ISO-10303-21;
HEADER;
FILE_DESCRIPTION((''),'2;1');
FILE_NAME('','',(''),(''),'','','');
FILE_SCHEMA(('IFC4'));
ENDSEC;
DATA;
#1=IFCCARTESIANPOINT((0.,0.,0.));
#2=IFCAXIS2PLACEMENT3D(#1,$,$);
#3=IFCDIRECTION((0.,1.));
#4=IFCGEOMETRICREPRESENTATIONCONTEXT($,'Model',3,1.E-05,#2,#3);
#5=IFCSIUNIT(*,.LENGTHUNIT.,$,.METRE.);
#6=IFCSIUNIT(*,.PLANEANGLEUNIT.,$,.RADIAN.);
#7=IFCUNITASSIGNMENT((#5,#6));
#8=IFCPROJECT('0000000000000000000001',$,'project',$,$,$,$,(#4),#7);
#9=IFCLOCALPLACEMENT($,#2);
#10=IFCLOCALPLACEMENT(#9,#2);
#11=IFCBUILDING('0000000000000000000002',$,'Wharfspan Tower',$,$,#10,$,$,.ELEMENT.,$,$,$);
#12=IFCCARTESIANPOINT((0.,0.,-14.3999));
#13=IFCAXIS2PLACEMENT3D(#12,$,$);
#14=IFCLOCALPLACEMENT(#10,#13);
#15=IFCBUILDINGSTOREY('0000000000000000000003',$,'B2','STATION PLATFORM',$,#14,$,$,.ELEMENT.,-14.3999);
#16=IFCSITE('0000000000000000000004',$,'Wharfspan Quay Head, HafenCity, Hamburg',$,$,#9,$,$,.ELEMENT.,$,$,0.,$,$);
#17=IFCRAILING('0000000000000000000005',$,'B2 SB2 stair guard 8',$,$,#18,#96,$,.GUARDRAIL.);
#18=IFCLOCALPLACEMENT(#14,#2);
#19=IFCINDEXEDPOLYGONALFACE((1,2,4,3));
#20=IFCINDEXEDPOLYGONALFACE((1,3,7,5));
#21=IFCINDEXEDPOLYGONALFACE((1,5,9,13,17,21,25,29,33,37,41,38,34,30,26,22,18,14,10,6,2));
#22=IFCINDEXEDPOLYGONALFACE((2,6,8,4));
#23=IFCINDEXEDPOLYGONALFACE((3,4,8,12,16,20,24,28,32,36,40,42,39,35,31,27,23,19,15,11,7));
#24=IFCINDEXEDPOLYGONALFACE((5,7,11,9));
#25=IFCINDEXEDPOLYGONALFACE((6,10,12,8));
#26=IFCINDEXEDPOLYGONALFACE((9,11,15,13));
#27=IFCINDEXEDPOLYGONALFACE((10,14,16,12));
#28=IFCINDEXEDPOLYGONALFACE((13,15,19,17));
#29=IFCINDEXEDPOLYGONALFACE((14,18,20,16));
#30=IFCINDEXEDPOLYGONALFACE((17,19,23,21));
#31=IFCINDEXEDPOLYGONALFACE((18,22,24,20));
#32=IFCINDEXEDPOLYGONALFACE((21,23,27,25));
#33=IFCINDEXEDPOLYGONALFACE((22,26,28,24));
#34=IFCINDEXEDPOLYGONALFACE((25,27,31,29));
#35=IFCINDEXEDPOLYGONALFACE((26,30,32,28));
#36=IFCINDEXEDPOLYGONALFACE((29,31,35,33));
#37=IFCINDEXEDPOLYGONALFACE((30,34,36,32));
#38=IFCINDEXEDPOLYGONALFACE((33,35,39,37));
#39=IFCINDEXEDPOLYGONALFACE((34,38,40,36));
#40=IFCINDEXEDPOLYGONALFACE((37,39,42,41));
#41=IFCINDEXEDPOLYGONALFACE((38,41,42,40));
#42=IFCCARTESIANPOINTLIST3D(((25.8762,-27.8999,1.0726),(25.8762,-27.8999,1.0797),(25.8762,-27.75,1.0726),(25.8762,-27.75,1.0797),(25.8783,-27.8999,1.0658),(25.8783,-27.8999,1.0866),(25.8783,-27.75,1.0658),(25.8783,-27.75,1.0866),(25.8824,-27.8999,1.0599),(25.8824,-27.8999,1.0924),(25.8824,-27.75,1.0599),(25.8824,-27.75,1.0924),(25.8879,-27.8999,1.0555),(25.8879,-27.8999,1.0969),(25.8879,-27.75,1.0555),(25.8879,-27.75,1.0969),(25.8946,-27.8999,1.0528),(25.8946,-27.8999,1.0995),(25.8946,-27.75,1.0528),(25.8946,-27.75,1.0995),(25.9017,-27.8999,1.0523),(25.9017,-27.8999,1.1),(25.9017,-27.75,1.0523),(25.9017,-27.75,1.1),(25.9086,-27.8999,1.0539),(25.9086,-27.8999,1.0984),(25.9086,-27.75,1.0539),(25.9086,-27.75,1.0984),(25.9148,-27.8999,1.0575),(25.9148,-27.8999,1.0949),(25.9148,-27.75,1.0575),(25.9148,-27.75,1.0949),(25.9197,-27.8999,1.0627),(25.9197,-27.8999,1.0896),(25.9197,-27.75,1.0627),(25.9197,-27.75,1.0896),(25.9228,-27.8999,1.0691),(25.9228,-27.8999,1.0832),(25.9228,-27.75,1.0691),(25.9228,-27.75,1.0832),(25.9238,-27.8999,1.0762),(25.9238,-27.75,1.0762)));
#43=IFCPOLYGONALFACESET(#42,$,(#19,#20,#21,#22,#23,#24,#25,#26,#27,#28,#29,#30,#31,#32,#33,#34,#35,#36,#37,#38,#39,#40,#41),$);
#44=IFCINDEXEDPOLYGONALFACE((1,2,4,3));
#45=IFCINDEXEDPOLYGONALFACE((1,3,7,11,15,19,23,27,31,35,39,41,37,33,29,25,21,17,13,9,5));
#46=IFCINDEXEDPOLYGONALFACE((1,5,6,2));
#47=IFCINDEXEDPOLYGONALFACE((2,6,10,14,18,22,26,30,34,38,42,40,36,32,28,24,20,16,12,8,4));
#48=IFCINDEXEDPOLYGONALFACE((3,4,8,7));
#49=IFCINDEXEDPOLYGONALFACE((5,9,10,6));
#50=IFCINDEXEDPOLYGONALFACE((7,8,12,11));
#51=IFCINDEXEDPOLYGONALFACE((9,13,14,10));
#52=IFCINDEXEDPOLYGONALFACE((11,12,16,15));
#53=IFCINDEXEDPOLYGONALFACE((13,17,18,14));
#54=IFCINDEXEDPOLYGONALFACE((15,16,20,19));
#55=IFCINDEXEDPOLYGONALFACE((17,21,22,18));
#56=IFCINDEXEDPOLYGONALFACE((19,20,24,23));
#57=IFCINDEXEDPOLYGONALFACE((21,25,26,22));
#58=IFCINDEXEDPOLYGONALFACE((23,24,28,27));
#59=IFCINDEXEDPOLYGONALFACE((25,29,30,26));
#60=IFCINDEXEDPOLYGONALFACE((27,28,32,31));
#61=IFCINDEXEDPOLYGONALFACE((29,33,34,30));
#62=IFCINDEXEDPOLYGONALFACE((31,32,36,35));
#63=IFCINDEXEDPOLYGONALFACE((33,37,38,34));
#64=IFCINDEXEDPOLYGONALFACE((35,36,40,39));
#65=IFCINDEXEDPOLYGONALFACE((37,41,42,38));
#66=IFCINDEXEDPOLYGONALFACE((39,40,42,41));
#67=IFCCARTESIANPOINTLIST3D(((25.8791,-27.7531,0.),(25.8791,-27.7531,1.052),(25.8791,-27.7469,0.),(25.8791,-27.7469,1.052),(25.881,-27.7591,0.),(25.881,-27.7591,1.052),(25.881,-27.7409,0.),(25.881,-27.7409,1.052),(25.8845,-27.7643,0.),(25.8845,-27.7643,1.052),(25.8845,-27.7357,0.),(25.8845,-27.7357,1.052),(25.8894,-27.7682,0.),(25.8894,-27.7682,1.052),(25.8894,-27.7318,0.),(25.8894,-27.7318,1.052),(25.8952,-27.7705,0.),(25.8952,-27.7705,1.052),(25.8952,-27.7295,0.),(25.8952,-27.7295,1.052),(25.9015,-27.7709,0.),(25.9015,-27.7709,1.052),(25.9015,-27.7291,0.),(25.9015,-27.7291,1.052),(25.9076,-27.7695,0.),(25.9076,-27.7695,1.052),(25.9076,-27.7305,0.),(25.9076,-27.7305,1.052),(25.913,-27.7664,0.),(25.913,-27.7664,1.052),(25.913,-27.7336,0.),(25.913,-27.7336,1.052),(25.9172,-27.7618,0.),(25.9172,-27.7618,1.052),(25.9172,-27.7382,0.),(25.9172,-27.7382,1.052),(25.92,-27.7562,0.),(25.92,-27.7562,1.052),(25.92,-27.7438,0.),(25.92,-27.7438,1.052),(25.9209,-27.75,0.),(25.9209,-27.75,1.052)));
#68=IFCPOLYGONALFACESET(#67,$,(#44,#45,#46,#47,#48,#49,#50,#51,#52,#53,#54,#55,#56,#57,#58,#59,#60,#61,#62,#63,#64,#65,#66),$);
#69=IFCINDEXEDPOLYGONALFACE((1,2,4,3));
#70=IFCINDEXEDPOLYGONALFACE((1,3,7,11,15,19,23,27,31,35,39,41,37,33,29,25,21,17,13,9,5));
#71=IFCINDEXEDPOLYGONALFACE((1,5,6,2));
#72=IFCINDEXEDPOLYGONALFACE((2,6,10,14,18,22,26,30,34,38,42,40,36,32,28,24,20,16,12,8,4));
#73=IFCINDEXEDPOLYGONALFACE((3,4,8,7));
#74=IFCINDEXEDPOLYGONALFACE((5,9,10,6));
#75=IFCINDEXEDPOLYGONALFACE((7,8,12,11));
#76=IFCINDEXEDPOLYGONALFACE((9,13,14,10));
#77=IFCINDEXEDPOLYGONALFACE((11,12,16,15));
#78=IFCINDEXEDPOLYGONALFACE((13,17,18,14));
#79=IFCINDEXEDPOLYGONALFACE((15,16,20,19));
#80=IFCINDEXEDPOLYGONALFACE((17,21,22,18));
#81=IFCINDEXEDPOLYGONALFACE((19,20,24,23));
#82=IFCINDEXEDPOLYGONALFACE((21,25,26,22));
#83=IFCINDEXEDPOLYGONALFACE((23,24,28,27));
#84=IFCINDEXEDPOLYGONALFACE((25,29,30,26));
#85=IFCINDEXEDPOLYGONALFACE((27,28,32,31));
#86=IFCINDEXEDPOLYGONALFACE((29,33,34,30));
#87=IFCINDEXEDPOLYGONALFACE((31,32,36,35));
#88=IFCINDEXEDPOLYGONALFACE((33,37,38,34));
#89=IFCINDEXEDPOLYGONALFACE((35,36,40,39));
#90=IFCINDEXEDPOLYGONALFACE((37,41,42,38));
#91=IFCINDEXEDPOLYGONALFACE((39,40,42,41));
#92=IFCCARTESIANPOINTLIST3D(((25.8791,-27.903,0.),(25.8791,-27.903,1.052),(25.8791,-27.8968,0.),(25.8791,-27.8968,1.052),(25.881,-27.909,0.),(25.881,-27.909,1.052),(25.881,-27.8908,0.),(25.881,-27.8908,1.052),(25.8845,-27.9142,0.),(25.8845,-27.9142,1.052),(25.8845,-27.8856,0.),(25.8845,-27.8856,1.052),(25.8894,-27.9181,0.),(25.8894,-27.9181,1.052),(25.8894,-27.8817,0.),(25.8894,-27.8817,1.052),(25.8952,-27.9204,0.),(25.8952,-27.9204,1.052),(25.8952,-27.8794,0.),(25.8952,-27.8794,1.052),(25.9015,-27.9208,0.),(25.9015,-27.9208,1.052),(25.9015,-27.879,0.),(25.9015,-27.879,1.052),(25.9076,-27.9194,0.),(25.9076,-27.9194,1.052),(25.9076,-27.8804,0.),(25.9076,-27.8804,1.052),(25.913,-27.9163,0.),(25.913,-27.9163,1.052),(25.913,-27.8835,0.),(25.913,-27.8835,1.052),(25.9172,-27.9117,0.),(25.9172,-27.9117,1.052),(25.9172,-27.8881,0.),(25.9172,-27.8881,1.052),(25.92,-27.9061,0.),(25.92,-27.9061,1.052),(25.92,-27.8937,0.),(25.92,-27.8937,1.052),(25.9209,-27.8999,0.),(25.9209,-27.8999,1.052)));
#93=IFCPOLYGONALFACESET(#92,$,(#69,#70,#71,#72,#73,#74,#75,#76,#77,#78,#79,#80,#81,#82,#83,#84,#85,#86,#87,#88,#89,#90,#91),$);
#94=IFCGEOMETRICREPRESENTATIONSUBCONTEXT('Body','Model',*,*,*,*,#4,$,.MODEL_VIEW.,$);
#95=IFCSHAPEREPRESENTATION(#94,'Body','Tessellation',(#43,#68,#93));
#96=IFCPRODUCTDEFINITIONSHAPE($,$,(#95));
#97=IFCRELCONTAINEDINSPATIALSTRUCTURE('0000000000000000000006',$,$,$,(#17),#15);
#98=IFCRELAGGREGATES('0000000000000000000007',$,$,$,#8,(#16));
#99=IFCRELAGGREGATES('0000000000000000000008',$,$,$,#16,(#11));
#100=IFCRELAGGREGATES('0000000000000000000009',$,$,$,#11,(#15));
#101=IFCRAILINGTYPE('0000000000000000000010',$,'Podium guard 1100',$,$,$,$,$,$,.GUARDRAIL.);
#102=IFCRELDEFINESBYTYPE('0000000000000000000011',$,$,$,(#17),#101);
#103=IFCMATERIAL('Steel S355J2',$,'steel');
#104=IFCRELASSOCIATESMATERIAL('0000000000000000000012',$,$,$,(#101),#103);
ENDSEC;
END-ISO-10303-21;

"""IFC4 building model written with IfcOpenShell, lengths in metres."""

from ifc_helpers import new_model, si_unit, direction, frame, origin, origin_2d, place, context, subcontext, project, spatial, circle, extrude, material, type_object, element, save


model = new_model("IFC4")

# Units and contexts
model_context = context("Model", 3, precision=1e-05, world=origin(), true_north=direction((0.0, 1.0)))
body_context = subcontext(model_context, "Body", "Model", "MODEL_VIEW")
ifc_project = project(units=[si_unit("LENGTHUNIT", "METRE"), si_unit("PLANEANGLEUNIT", "RADIAN")], contexts=[model_context])

# Site, building, storey
site_placement = place(None, origin())
site = spatial("IfcSite", under=ifc_project, at=site_placement, Name="Wharfspan Quay Head, HafenCity, Hamburg", CompositionType="ELEMENT", RefElevation=0.0)
building_placement = place(site_placement, origin())
building = spatial("IfcBuilding", under=site, at=building_placement, Name="Wharfspan Tower", CompositionType="ELEMENT")
storey_placement = place(building_placement, frame((0.0, 0.0, -14.3999)))
storey = spatial("IfcBuildingStorey", under=building, at=storey_placement, Name="B2", Description="STATION PLATFORM", CompositionType="ELEMENT", Elevation=-14.3999)

# Railing
ifc_material_1 = material(Name="Steel S355J2", Category="steel")
railing_type_1 = type_object("IfcRailingType", Name="Podium guard 1100", PredefinedType="GUARDRAIL", material=ifc_material_1)
railing_1_placement = place(storey_placement, frame((25.8999, -27.75, 0.0)))
element("IfcRailing", 1, at=railing_1_placement, inside=storey, type_object=railing_type_1, Name="B2 SB2 stair guard 8", PredefinedType="GUARDRAIL", context=body_context, shape_type="SweptSolid", body=[
    extrude(circle(Radius=0.0239, at=origin_2d()), frame((0.0, 0.0, 1.0762), z_axis=(0.0, -1.0, 0.0), x_axis=(1.0, 0.0, 0.0)), (0.0, 0.0, 1.0), 0.1499),
    extrude(circle(Radius=0.021, at=origin_2d()), origin(), (0.0, 0.0, 1.0), 1.052),
    extrude(circle(Radius=0.021, at=origin_2d()), frame((0.0, -0.1499, 0.0)), (0.0, 0.0, 1.0), 1.052),
])

save(model, "model.ifc")
